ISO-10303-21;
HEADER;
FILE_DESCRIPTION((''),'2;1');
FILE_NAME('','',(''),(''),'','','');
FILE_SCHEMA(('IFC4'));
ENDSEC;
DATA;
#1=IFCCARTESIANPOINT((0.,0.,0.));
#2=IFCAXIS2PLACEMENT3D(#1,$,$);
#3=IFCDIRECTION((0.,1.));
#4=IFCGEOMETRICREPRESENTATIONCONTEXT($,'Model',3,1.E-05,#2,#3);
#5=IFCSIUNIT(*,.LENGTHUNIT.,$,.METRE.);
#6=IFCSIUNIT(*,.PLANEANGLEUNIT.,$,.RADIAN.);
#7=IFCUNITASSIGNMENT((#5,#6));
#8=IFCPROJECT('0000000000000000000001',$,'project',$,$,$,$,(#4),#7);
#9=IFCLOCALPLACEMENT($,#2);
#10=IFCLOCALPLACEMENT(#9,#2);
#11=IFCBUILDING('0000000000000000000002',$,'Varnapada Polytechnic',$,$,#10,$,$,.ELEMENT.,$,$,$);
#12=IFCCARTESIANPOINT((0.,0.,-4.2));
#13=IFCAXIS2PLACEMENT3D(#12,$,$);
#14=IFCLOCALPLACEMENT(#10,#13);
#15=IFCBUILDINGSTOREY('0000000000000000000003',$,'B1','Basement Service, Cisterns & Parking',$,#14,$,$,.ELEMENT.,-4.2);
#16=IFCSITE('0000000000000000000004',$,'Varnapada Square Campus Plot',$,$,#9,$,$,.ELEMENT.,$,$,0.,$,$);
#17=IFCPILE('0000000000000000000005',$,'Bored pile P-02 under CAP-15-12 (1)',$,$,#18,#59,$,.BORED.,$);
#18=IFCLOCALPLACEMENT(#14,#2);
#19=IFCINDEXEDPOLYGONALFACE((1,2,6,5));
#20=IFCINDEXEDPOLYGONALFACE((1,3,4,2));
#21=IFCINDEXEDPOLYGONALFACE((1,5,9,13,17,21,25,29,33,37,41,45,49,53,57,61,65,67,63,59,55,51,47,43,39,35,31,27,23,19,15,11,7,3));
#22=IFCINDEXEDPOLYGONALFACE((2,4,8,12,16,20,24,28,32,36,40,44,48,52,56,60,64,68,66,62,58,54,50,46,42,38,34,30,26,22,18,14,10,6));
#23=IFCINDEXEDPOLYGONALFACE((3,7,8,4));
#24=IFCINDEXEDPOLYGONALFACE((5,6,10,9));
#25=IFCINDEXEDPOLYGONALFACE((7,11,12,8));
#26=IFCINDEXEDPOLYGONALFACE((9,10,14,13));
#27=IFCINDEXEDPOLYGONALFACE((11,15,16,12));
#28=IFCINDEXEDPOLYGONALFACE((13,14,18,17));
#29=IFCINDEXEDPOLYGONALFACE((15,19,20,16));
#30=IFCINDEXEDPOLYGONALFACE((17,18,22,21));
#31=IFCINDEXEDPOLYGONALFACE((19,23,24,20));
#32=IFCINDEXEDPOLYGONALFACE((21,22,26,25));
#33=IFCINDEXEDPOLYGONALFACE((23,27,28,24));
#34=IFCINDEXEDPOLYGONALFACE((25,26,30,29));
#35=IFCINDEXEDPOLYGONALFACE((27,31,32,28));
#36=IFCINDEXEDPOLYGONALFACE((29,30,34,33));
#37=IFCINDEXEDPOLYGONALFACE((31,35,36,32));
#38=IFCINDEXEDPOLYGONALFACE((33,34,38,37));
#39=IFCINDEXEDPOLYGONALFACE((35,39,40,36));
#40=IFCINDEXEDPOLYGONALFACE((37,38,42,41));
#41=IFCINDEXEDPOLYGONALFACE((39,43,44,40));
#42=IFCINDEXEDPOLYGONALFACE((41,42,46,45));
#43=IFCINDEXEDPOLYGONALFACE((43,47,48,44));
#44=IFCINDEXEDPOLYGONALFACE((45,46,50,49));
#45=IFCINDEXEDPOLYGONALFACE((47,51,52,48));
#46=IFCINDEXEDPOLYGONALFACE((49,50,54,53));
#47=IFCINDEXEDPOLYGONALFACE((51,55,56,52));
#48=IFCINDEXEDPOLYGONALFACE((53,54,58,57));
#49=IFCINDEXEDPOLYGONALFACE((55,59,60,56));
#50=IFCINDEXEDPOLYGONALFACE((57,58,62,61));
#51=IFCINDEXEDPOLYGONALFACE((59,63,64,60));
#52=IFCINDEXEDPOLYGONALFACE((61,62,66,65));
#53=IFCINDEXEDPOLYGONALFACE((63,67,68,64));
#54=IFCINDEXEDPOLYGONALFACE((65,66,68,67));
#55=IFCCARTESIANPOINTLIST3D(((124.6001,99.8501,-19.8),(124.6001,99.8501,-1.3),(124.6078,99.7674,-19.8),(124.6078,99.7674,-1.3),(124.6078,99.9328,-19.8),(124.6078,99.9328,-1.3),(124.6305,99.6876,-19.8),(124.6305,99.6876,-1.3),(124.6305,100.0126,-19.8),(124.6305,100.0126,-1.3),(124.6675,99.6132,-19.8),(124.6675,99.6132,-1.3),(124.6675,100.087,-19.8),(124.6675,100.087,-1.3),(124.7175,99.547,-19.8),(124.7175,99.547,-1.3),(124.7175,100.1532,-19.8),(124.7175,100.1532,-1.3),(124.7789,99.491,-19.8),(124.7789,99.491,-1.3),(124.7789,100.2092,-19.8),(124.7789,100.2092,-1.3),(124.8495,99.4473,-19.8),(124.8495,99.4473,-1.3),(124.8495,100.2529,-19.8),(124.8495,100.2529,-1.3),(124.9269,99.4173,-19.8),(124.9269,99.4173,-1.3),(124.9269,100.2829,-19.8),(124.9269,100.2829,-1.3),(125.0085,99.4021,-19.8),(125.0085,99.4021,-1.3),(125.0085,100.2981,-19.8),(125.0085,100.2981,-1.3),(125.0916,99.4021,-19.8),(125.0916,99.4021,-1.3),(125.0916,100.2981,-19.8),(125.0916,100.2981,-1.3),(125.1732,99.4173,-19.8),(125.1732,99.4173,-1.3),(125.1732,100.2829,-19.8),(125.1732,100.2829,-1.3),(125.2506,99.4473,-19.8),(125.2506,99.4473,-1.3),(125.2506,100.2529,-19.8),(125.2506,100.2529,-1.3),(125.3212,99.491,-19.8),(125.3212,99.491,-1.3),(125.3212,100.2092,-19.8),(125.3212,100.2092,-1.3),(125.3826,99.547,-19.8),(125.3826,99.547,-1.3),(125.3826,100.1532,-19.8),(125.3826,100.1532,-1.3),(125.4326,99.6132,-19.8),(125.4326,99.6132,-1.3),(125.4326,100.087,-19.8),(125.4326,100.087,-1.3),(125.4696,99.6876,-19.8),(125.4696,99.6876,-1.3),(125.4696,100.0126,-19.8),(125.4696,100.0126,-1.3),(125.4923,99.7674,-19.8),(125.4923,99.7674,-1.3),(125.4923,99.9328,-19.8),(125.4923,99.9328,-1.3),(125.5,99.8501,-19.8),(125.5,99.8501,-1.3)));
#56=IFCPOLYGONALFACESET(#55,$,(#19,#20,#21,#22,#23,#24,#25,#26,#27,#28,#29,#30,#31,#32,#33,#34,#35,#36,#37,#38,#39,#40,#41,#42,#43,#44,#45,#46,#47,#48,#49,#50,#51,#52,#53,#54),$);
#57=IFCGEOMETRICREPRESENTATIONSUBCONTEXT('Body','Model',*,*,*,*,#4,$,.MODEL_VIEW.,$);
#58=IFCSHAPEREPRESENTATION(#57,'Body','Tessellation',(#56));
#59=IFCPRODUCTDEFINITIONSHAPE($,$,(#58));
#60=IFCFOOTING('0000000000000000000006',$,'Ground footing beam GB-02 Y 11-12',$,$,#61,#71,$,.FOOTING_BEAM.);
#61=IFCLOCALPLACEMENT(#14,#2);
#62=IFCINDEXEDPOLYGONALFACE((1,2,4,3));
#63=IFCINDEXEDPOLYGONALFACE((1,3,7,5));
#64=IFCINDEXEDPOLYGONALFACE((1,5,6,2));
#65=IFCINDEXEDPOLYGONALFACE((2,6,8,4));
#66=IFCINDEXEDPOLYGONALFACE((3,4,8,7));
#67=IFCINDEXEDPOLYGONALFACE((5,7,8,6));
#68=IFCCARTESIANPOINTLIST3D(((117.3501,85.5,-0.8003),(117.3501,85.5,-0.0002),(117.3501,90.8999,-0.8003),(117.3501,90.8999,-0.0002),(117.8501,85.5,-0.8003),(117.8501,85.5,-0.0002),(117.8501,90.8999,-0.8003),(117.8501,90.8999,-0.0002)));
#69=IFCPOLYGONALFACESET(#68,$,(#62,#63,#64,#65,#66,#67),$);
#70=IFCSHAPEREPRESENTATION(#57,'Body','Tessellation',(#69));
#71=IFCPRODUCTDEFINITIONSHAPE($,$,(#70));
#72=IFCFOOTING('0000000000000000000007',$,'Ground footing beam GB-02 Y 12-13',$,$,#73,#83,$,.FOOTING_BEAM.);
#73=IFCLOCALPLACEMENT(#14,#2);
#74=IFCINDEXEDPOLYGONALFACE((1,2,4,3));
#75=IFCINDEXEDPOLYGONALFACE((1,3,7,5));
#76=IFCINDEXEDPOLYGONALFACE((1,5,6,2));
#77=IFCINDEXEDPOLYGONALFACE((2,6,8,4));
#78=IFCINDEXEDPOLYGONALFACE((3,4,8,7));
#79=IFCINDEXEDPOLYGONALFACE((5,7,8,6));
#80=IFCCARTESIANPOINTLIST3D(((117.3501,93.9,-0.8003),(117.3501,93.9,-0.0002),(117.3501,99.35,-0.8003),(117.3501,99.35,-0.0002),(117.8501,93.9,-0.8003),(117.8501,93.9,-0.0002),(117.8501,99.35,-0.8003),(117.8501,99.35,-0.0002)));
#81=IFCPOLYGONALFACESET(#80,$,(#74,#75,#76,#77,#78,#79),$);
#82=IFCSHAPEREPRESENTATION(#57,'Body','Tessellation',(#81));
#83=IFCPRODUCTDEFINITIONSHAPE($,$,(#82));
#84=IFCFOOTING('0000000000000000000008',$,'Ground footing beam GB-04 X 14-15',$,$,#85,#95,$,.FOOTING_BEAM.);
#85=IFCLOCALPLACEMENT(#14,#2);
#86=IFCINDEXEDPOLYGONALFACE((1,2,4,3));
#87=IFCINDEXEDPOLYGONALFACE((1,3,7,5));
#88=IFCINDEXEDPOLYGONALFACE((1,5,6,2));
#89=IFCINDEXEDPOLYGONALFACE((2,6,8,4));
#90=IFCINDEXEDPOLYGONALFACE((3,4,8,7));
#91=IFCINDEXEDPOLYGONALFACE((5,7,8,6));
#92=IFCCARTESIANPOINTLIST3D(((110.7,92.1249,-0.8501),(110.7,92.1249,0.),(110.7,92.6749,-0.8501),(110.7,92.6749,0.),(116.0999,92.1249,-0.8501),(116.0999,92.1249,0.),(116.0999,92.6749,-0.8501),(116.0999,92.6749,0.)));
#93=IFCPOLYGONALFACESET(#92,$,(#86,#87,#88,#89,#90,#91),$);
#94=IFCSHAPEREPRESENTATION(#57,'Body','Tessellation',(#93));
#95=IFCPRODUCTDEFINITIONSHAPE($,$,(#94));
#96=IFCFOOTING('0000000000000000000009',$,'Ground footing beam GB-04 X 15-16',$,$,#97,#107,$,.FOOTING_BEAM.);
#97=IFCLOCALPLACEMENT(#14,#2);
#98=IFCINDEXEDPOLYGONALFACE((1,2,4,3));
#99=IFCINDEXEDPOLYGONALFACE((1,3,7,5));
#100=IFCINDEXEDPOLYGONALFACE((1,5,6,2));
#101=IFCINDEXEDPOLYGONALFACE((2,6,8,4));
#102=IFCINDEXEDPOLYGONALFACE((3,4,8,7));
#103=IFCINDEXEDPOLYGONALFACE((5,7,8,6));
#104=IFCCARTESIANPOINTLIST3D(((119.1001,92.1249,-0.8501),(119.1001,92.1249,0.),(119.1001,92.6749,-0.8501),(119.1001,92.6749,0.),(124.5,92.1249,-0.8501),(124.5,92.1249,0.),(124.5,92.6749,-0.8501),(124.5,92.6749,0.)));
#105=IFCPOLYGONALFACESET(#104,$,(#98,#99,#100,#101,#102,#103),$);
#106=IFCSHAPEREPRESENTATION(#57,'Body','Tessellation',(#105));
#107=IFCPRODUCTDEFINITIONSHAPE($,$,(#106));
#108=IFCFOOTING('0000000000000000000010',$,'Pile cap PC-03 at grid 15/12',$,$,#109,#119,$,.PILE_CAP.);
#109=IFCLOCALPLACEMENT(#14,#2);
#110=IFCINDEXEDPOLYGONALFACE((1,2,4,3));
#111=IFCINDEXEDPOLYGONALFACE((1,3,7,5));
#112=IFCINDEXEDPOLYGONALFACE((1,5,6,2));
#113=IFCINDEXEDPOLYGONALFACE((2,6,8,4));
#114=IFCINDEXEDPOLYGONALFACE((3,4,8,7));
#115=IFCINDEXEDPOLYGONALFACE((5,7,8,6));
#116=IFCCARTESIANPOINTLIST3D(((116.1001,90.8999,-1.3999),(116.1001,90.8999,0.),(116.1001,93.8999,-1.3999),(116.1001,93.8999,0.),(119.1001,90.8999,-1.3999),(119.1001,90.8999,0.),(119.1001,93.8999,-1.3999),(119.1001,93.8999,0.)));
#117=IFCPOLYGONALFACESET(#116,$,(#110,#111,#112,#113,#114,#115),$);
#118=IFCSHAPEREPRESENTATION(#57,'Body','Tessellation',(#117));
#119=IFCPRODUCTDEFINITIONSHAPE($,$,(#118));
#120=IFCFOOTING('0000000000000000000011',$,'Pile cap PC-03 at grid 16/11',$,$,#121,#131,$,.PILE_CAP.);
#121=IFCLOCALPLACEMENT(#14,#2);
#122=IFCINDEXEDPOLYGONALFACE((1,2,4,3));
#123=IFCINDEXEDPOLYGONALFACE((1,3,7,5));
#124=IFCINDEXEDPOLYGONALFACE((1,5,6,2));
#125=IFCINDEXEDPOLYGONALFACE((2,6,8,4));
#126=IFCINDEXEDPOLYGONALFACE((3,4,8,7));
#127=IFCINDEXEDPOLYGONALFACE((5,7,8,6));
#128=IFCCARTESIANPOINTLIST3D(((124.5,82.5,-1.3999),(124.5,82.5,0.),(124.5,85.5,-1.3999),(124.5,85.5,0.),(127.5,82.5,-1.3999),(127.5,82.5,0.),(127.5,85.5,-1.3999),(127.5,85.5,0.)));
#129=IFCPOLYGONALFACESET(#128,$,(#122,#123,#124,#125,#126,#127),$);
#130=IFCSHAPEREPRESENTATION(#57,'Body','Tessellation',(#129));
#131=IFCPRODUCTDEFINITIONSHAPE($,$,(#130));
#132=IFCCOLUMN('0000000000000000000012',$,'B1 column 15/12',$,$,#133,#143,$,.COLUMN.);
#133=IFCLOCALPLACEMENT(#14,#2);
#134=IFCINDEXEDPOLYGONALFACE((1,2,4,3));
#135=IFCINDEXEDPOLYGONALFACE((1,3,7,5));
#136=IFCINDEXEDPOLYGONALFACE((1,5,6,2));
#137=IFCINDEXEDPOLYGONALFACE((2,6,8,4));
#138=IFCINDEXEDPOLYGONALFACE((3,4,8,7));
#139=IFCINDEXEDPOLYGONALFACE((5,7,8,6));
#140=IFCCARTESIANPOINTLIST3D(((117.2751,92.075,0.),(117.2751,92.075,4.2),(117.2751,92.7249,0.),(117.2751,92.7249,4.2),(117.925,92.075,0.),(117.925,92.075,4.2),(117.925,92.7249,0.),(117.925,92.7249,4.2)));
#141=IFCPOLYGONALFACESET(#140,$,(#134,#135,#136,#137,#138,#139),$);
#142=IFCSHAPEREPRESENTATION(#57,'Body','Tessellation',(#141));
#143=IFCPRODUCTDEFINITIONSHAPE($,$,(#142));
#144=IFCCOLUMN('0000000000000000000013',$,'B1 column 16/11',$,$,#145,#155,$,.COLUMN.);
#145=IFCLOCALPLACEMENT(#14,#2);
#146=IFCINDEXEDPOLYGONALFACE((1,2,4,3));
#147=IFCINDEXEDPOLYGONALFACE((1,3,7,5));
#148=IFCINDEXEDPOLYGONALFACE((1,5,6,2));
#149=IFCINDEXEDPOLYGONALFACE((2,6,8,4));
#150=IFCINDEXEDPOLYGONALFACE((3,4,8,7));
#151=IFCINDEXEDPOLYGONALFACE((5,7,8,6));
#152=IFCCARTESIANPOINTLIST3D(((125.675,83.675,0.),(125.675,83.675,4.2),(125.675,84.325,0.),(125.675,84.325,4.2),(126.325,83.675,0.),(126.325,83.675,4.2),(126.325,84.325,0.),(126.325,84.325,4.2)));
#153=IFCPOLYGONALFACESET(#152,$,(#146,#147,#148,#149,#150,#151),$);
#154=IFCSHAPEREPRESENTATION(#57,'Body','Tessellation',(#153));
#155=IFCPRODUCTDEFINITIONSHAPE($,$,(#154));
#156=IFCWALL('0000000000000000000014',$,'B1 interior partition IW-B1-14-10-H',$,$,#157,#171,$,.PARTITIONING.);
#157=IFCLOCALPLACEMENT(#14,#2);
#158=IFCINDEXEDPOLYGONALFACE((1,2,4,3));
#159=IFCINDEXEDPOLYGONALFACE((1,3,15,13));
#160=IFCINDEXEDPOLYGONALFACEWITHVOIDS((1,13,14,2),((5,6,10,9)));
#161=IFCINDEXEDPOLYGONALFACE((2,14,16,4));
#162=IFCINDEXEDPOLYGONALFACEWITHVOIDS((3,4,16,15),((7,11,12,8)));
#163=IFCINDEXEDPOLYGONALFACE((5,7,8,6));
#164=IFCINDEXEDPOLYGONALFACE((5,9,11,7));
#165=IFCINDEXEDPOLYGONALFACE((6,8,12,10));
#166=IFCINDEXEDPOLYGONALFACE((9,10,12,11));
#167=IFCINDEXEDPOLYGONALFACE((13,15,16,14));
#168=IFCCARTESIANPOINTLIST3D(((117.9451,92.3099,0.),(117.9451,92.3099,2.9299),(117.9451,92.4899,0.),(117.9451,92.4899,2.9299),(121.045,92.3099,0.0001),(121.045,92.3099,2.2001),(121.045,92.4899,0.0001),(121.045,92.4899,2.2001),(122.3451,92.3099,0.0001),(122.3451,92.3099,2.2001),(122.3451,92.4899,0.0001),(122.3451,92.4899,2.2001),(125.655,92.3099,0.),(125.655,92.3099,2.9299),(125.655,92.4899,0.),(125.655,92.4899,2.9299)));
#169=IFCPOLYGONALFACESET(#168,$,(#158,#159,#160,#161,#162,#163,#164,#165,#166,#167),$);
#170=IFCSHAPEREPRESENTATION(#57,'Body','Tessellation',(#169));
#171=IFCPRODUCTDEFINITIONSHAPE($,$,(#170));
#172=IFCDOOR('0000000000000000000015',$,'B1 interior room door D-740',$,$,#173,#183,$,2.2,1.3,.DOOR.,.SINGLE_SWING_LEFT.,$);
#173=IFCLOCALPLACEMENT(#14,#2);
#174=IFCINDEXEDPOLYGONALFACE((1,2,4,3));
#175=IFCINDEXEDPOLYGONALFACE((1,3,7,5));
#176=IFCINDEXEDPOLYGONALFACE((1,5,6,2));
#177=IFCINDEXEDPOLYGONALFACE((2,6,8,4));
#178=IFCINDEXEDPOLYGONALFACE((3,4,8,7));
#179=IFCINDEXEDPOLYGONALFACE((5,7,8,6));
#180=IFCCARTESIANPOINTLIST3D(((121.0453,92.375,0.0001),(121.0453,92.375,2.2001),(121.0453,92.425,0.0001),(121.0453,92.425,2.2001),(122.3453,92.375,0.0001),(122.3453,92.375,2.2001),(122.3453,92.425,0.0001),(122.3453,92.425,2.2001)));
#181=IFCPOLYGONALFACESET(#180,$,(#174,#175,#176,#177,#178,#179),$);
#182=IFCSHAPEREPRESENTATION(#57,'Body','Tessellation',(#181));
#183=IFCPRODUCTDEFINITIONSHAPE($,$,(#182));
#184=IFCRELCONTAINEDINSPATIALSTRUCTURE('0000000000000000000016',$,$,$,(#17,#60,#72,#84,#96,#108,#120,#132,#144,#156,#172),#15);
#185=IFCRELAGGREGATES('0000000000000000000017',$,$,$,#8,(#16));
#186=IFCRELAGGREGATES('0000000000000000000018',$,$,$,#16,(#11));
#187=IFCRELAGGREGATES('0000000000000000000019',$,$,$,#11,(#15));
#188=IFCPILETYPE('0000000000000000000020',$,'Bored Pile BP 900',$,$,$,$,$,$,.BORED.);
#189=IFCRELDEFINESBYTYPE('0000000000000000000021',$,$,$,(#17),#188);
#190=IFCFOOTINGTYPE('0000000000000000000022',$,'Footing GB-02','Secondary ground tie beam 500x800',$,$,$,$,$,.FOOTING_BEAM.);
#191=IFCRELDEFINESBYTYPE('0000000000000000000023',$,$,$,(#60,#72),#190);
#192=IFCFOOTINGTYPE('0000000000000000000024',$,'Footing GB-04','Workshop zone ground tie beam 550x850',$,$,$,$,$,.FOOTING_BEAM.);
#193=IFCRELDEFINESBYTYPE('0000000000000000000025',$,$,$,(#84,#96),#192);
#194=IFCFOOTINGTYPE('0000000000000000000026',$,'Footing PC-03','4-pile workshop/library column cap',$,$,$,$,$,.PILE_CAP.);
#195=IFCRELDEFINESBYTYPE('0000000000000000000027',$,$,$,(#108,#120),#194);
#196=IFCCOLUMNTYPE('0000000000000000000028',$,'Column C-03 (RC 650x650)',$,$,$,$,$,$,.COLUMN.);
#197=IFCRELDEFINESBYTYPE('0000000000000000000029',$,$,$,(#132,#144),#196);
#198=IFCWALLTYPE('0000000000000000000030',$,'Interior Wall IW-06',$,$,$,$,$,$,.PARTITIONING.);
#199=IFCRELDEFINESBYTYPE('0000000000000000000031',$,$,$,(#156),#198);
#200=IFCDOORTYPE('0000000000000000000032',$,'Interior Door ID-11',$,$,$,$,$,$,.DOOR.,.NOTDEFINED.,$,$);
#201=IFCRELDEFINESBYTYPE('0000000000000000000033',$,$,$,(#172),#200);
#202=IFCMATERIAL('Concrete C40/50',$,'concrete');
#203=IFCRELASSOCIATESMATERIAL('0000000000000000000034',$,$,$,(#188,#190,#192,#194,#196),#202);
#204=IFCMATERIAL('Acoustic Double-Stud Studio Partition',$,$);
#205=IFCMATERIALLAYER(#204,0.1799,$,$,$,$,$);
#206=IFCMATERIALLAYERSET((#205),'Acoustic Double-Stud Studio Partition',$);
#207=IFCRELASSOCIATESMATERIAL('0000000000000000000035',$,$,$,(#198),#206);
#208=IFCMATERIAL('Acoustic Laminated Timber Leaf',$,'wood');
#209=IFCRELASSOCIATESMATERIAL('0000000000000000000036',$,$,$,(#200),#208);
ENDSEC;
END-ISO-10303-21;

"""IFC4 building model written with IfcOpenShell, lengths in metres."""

from ifc_helpers import new_model, si_unit, direction, frame, frame_2d, origin, origin_2d, place, context, subcontext, project, spatial, rectangle, circle, extrude, material, layer, layer_set, material_profile, profile_set, type_object, element, fill, save


model = new_model("IFC4")

# Units and contexts
model_context = context("Model", 3, precision=1e-05, world=origin(), true_north=direction((0.0, 1.0)))
body_context = subcontext(model_context, "Body", "Model", "MODEL_VIEW")
ifc_project = project(units=[si_unit("LENGTHUNIT", "METRE"), si_unit("PLANEANGLEUNIT", "RADIAN")], contexts=[model_context])

# Site, building, storey
site_placement = place(None, origin())
site = spatial("IfcSite", under=ifc_project, at=site_placement, Name="Varnapada Square Campus Plot", CompositionType="ELEMENT", RefElevation=0.0)
building_placement = place(site_placement, origin())
building = spatial("IfcBuilding", under=site, at=building_placement, Name="Varnapada Polytechnic", CompositionType="ELEMENT")
storey_placement = place(building_placement, frame((0.0, 0.0, -4.2)))
storey = spatial("IfcBuildingStorey", under=building, at=storey_placement, Name="B1", Description="Basement Service, Cisterns & Parking", CompositionType="ELEMENT", Elevation=-4.2)

# Pile
ifc_material_1 = material(Name="Concrete C40/50", Category="concrete")
ifc_material_profile_1 = material_profile(ifc_material_1, circle(Radius=0.45, at=origin_2d()), Name="BP 900")
ifc_profile_set_1 = profile_set([ifc_material_profile_1], Name="Concrete C40/50")
pile_type = type_object("IfcPileType", Name="Bored Pile BP 900", PredefinedType="BORED", material=ifc_profile_set_1)
for number, where, z_axis, x_axis, name in (
    (1, (125.05, 99.8501, -1.3), (0.0, 0.0, -1.0), (1.0, 0.0, 0.0), "Bored pile P-02 under CAP-15-12 (1)"),
):
    element("IfcPile", number, at=place(storey_placement, frame(where, z_axis=z_axis, x_axis=x_axis)), inside=storey, type_object=pile_type, Name=name, PredefinedType="BORED", context=body_context, shape_type="SweptSolid", body=[
        extrude(circle(Radius=0.45, at=origin_2d()), origin(), (0.0, 0.0, 1.0), 18.5),
    ])

# Footings
footing_type_1 = type_object("IfcFootingType", Name="Footing GB-02", Description="Secondary ground tie beam 500x800", PredefinedType="FOOTING_BEAM", material=ifc_material_1)
footing_1_placement = place(storey_placement, frame((117.6001, 88.2, -0.8003), z_axis=(0.0, 0.0, 1.0), x_axis=(0.0, 1.0, 0.0)))
element("IfcFooting", 2, at=footing_1_placement, inside=storey, type_object=footing_type_1, Name="Ground footing beam GB-02 Y 11-12", PredefinedType="FOOTING_BEAM", context=body_context, shape_type="SweptSolid", body=[
    extrude(rectangle(XDim=5.3999, YDim=0.5, at=origin_2d()), origin(), (0.0, 0.0, 1.0), 0.8),
])
footing_2_placement = place(storey_placement, frame((117.6001, 96.625, -0.8003), z_axis=(0.0, 0.0, 1.0), x_axis=(0.0, 1.0, 0.0)))
element("IfcFooting", 3, at=footing_2_placement, inside=storey, type_object=footing_type_1, Name="Ground footing beam GB-02 Y 12-13", PredefinedType="FOOTING_BEAM", context=body_context, shape_type="SweptSolid", body=[
    extrude(rectangle(XDim=5.45, YDim=0.5, at=origin_2d()), origin(), (0.0, 0.0, 1.0), 0.8),
])
footing_type_2 = type_object("IfcFootingType", Name="Footing GB-04", Description="Workshop zone ground tie beam 550x850", PredefinedType="FOOTING_BEAM", material=ifc_material_1)
for number, where, z_axis, x_axis, name in (
    (4, (113.3999, 92.3999, -0.8501), (0.0, 0.0, 1.0), (1.0, 0.0, 0.0), "Ground footing beam GB-04 X 14-15"),
    (5, (121.8, 92.3999, -0.8501), (0.0, 0.0, 1.0), (1.0, 0.0, 0.0), "Ground footing beam GB-04 X 15-16"),
):
    element("IfcFooting", number, at=place(storey_placement, frame(where, z_axis=z_axis, x_axis=x_axis)), inside=storey, type_object=footing_type_2, Name=name, PredefinedType="FOOTING_BEAM", context=body_context, shape_type="SweptSolid", body=[
        extrude(rectangle(XDim=5.3999, YDim=0.55, at=origin_2d()), origin(), (0.0, 0.0, 1.0), 0.8501),
    ])
footing_type_3 = type_object("IfcFootingType", Name="Footing PC-03", Description="4-pile workshop/library column cap", PredefinedType="PILE_CAP", material=ifc_material_1)
for number, where, z_axis, x_axis, name in (
    (6, (117.6001, 92.3999, -1.3999), (0.0, 0.0, 1.0), (1.0, 0.0, 0.0), "Pile cap PC-03 at grid 15/12"),
    (7, (126.0, 84.0, -1.3999), (0.0, 0.0, 1.0), (1.0, 0.0, 0.0), "Pile cap PC-03 at grid 16/11"),
):
    element("IfcFooting", number, at=place(storey_placement, frame(where, z_axis=z_axis, x_axis=x_axis)), inside=storey, type_object=footing_type_3, Name=name, PredefinedType="PILE_CAP", context=body_context, shape_type="SweptSolid", body=[
        extrude(rectangle(XDim=3.0, YDim=3.0, at=origin_2d()), origin(), (0.0, 0.0, 1.0), 1.3999),
    ])

# Columns
ifc_material_profile_2 = material_profile(ifc_material_1, rectangle(XDim=0.6499, YDim=0.6499, at=origin_2d()), Name="RC 650x650")
ifc_profile_set_2 = profile_set([ifc_material_profile_2], Name="Concrete C40/50")
column_type = type_object("IfcColumnType", Name="Column C-03 (RC 650x650)", PredefinedType="COLUMN", material=ifc_profile_set_2)
for number, where, z_axis, x_axis, name in (
    (8, (117.6001, 92.3999, 0.0), (0.0, 0.0, 1.0), (1.0, 0.0, 0.0), "B1 column 15/12"),
    (9, (126.0, 84.0, 0.0), (0.0, 0.0, 1.0), (1.0, 0.0, 0.0), "B1 column 16/11"),
):
    element("IfcColumn", number, at=place(storey_placement, frame(where, z_axis=z_axis, x_axis=x_axis)), inside=storey, type_object=column_type, Name=name, PredefinedType="COLUMN", context=body_context, shape_type="SweptSolid", body=[
        extrude(rectangle(XDim=0.6499, YDim=0.6499, at=origin_2d()), origin(), (0.0, 0.0, 1.0), 4.2),
    ])

# Wall, opening, door
ifc_material_2 = material(Name="Acoustic Double-Stud Studio Partition")
ifc_layer_1 = layer(ifc_material_2, 0.1799)
ifc_layer_set_1 = layer_set([ifc_layer_1], Name="Acoustic Double-Stud Studio Partition")
wall_type_1 = type_object("IfcWallType", Name="Interior Wall IW-06", PredefinedType="PARTITIONING", material=ifc_layer_set_1)
wall_1_placement = place(storey_placement, frame((117.9451, 92.3999, 0.0), z_axis=(0.0, 0.0, 1.0), x_axis=(1.0, 0.0, 0.0)))
wall_1 = element("IfcWall", 10, at=wall_1_placement, inside=storey, type_object=wall_type_1, Name="B1 interior partition IW-B1-14-10-H", PredefinedType="PARTITIONING", context=body_context, shape_type="SweptSolid", body=[
    extrude(rectangle(XDim=7.71, YDim=0.1799, at=frame_2d((3.855, 0.0))), origin(), (0.0, 0.0, 1.0), 2.9299),
])
opening_placement = place(wall_1_placement, frame((3.1001, 0.0, 0.0)))
opening = element("IfcOpeningElement", 11, at=opening_placement, cuts=wall_1, PredefinedType="OPENING", context=body_context, shape_type="SweptSolid", body=[
    extrude(rectangle(XDim=1.3, YDim=2.2, at=frame_2d((0.6499, 1.1001))), frame((0.0, 0.0999, 0.0), z_axis=(0.0, -1.0, 0.0), x_axis=(1.0, 0.0, 0.0)), (0.0, 0.0, 1.0), 0.2),
])
ifc_material_3 = material(Name="Acoustic Laminated Timber Leaf", Category="wood")
door_type = type_object("IfcDoorType", Name="Interior Door ID-11", OperationType="NOTDEFINED", PredefinedType="DOOR", material=ifc_material_3)
door_placement = place(opening_placement, frame((1.3, 0.0, 0.0), z_axis=(0.0, 0.0, 1.0), x_axis=(-1.0, 0.0, 0.0)))
door = element("IfcDoor", 12, at=door_placement, inside=storey, type_object=door_type, Name="B1 interior room door D-740", OperationType="SINGLE_SWING_LEFT", OverallHeight=2.2, OverallWidth=1.3, PredefinedType="DOOR", context=body_context, shape_type="SweptSolid", body=[
    extrude(rectangle(XDim=1.3, YDim=2.2, at=frame_2d((0.6499, 1.1001))), frame((0.0, 0.0249, 0.0), z_axis=(0.0, -1.0, 0.0), x_axis=(1.0, 0.0, 0.0)), (0.0, 0.0, 1.0), 0.05),
])
fill(opening, door)

save(model, "model.ifc")
